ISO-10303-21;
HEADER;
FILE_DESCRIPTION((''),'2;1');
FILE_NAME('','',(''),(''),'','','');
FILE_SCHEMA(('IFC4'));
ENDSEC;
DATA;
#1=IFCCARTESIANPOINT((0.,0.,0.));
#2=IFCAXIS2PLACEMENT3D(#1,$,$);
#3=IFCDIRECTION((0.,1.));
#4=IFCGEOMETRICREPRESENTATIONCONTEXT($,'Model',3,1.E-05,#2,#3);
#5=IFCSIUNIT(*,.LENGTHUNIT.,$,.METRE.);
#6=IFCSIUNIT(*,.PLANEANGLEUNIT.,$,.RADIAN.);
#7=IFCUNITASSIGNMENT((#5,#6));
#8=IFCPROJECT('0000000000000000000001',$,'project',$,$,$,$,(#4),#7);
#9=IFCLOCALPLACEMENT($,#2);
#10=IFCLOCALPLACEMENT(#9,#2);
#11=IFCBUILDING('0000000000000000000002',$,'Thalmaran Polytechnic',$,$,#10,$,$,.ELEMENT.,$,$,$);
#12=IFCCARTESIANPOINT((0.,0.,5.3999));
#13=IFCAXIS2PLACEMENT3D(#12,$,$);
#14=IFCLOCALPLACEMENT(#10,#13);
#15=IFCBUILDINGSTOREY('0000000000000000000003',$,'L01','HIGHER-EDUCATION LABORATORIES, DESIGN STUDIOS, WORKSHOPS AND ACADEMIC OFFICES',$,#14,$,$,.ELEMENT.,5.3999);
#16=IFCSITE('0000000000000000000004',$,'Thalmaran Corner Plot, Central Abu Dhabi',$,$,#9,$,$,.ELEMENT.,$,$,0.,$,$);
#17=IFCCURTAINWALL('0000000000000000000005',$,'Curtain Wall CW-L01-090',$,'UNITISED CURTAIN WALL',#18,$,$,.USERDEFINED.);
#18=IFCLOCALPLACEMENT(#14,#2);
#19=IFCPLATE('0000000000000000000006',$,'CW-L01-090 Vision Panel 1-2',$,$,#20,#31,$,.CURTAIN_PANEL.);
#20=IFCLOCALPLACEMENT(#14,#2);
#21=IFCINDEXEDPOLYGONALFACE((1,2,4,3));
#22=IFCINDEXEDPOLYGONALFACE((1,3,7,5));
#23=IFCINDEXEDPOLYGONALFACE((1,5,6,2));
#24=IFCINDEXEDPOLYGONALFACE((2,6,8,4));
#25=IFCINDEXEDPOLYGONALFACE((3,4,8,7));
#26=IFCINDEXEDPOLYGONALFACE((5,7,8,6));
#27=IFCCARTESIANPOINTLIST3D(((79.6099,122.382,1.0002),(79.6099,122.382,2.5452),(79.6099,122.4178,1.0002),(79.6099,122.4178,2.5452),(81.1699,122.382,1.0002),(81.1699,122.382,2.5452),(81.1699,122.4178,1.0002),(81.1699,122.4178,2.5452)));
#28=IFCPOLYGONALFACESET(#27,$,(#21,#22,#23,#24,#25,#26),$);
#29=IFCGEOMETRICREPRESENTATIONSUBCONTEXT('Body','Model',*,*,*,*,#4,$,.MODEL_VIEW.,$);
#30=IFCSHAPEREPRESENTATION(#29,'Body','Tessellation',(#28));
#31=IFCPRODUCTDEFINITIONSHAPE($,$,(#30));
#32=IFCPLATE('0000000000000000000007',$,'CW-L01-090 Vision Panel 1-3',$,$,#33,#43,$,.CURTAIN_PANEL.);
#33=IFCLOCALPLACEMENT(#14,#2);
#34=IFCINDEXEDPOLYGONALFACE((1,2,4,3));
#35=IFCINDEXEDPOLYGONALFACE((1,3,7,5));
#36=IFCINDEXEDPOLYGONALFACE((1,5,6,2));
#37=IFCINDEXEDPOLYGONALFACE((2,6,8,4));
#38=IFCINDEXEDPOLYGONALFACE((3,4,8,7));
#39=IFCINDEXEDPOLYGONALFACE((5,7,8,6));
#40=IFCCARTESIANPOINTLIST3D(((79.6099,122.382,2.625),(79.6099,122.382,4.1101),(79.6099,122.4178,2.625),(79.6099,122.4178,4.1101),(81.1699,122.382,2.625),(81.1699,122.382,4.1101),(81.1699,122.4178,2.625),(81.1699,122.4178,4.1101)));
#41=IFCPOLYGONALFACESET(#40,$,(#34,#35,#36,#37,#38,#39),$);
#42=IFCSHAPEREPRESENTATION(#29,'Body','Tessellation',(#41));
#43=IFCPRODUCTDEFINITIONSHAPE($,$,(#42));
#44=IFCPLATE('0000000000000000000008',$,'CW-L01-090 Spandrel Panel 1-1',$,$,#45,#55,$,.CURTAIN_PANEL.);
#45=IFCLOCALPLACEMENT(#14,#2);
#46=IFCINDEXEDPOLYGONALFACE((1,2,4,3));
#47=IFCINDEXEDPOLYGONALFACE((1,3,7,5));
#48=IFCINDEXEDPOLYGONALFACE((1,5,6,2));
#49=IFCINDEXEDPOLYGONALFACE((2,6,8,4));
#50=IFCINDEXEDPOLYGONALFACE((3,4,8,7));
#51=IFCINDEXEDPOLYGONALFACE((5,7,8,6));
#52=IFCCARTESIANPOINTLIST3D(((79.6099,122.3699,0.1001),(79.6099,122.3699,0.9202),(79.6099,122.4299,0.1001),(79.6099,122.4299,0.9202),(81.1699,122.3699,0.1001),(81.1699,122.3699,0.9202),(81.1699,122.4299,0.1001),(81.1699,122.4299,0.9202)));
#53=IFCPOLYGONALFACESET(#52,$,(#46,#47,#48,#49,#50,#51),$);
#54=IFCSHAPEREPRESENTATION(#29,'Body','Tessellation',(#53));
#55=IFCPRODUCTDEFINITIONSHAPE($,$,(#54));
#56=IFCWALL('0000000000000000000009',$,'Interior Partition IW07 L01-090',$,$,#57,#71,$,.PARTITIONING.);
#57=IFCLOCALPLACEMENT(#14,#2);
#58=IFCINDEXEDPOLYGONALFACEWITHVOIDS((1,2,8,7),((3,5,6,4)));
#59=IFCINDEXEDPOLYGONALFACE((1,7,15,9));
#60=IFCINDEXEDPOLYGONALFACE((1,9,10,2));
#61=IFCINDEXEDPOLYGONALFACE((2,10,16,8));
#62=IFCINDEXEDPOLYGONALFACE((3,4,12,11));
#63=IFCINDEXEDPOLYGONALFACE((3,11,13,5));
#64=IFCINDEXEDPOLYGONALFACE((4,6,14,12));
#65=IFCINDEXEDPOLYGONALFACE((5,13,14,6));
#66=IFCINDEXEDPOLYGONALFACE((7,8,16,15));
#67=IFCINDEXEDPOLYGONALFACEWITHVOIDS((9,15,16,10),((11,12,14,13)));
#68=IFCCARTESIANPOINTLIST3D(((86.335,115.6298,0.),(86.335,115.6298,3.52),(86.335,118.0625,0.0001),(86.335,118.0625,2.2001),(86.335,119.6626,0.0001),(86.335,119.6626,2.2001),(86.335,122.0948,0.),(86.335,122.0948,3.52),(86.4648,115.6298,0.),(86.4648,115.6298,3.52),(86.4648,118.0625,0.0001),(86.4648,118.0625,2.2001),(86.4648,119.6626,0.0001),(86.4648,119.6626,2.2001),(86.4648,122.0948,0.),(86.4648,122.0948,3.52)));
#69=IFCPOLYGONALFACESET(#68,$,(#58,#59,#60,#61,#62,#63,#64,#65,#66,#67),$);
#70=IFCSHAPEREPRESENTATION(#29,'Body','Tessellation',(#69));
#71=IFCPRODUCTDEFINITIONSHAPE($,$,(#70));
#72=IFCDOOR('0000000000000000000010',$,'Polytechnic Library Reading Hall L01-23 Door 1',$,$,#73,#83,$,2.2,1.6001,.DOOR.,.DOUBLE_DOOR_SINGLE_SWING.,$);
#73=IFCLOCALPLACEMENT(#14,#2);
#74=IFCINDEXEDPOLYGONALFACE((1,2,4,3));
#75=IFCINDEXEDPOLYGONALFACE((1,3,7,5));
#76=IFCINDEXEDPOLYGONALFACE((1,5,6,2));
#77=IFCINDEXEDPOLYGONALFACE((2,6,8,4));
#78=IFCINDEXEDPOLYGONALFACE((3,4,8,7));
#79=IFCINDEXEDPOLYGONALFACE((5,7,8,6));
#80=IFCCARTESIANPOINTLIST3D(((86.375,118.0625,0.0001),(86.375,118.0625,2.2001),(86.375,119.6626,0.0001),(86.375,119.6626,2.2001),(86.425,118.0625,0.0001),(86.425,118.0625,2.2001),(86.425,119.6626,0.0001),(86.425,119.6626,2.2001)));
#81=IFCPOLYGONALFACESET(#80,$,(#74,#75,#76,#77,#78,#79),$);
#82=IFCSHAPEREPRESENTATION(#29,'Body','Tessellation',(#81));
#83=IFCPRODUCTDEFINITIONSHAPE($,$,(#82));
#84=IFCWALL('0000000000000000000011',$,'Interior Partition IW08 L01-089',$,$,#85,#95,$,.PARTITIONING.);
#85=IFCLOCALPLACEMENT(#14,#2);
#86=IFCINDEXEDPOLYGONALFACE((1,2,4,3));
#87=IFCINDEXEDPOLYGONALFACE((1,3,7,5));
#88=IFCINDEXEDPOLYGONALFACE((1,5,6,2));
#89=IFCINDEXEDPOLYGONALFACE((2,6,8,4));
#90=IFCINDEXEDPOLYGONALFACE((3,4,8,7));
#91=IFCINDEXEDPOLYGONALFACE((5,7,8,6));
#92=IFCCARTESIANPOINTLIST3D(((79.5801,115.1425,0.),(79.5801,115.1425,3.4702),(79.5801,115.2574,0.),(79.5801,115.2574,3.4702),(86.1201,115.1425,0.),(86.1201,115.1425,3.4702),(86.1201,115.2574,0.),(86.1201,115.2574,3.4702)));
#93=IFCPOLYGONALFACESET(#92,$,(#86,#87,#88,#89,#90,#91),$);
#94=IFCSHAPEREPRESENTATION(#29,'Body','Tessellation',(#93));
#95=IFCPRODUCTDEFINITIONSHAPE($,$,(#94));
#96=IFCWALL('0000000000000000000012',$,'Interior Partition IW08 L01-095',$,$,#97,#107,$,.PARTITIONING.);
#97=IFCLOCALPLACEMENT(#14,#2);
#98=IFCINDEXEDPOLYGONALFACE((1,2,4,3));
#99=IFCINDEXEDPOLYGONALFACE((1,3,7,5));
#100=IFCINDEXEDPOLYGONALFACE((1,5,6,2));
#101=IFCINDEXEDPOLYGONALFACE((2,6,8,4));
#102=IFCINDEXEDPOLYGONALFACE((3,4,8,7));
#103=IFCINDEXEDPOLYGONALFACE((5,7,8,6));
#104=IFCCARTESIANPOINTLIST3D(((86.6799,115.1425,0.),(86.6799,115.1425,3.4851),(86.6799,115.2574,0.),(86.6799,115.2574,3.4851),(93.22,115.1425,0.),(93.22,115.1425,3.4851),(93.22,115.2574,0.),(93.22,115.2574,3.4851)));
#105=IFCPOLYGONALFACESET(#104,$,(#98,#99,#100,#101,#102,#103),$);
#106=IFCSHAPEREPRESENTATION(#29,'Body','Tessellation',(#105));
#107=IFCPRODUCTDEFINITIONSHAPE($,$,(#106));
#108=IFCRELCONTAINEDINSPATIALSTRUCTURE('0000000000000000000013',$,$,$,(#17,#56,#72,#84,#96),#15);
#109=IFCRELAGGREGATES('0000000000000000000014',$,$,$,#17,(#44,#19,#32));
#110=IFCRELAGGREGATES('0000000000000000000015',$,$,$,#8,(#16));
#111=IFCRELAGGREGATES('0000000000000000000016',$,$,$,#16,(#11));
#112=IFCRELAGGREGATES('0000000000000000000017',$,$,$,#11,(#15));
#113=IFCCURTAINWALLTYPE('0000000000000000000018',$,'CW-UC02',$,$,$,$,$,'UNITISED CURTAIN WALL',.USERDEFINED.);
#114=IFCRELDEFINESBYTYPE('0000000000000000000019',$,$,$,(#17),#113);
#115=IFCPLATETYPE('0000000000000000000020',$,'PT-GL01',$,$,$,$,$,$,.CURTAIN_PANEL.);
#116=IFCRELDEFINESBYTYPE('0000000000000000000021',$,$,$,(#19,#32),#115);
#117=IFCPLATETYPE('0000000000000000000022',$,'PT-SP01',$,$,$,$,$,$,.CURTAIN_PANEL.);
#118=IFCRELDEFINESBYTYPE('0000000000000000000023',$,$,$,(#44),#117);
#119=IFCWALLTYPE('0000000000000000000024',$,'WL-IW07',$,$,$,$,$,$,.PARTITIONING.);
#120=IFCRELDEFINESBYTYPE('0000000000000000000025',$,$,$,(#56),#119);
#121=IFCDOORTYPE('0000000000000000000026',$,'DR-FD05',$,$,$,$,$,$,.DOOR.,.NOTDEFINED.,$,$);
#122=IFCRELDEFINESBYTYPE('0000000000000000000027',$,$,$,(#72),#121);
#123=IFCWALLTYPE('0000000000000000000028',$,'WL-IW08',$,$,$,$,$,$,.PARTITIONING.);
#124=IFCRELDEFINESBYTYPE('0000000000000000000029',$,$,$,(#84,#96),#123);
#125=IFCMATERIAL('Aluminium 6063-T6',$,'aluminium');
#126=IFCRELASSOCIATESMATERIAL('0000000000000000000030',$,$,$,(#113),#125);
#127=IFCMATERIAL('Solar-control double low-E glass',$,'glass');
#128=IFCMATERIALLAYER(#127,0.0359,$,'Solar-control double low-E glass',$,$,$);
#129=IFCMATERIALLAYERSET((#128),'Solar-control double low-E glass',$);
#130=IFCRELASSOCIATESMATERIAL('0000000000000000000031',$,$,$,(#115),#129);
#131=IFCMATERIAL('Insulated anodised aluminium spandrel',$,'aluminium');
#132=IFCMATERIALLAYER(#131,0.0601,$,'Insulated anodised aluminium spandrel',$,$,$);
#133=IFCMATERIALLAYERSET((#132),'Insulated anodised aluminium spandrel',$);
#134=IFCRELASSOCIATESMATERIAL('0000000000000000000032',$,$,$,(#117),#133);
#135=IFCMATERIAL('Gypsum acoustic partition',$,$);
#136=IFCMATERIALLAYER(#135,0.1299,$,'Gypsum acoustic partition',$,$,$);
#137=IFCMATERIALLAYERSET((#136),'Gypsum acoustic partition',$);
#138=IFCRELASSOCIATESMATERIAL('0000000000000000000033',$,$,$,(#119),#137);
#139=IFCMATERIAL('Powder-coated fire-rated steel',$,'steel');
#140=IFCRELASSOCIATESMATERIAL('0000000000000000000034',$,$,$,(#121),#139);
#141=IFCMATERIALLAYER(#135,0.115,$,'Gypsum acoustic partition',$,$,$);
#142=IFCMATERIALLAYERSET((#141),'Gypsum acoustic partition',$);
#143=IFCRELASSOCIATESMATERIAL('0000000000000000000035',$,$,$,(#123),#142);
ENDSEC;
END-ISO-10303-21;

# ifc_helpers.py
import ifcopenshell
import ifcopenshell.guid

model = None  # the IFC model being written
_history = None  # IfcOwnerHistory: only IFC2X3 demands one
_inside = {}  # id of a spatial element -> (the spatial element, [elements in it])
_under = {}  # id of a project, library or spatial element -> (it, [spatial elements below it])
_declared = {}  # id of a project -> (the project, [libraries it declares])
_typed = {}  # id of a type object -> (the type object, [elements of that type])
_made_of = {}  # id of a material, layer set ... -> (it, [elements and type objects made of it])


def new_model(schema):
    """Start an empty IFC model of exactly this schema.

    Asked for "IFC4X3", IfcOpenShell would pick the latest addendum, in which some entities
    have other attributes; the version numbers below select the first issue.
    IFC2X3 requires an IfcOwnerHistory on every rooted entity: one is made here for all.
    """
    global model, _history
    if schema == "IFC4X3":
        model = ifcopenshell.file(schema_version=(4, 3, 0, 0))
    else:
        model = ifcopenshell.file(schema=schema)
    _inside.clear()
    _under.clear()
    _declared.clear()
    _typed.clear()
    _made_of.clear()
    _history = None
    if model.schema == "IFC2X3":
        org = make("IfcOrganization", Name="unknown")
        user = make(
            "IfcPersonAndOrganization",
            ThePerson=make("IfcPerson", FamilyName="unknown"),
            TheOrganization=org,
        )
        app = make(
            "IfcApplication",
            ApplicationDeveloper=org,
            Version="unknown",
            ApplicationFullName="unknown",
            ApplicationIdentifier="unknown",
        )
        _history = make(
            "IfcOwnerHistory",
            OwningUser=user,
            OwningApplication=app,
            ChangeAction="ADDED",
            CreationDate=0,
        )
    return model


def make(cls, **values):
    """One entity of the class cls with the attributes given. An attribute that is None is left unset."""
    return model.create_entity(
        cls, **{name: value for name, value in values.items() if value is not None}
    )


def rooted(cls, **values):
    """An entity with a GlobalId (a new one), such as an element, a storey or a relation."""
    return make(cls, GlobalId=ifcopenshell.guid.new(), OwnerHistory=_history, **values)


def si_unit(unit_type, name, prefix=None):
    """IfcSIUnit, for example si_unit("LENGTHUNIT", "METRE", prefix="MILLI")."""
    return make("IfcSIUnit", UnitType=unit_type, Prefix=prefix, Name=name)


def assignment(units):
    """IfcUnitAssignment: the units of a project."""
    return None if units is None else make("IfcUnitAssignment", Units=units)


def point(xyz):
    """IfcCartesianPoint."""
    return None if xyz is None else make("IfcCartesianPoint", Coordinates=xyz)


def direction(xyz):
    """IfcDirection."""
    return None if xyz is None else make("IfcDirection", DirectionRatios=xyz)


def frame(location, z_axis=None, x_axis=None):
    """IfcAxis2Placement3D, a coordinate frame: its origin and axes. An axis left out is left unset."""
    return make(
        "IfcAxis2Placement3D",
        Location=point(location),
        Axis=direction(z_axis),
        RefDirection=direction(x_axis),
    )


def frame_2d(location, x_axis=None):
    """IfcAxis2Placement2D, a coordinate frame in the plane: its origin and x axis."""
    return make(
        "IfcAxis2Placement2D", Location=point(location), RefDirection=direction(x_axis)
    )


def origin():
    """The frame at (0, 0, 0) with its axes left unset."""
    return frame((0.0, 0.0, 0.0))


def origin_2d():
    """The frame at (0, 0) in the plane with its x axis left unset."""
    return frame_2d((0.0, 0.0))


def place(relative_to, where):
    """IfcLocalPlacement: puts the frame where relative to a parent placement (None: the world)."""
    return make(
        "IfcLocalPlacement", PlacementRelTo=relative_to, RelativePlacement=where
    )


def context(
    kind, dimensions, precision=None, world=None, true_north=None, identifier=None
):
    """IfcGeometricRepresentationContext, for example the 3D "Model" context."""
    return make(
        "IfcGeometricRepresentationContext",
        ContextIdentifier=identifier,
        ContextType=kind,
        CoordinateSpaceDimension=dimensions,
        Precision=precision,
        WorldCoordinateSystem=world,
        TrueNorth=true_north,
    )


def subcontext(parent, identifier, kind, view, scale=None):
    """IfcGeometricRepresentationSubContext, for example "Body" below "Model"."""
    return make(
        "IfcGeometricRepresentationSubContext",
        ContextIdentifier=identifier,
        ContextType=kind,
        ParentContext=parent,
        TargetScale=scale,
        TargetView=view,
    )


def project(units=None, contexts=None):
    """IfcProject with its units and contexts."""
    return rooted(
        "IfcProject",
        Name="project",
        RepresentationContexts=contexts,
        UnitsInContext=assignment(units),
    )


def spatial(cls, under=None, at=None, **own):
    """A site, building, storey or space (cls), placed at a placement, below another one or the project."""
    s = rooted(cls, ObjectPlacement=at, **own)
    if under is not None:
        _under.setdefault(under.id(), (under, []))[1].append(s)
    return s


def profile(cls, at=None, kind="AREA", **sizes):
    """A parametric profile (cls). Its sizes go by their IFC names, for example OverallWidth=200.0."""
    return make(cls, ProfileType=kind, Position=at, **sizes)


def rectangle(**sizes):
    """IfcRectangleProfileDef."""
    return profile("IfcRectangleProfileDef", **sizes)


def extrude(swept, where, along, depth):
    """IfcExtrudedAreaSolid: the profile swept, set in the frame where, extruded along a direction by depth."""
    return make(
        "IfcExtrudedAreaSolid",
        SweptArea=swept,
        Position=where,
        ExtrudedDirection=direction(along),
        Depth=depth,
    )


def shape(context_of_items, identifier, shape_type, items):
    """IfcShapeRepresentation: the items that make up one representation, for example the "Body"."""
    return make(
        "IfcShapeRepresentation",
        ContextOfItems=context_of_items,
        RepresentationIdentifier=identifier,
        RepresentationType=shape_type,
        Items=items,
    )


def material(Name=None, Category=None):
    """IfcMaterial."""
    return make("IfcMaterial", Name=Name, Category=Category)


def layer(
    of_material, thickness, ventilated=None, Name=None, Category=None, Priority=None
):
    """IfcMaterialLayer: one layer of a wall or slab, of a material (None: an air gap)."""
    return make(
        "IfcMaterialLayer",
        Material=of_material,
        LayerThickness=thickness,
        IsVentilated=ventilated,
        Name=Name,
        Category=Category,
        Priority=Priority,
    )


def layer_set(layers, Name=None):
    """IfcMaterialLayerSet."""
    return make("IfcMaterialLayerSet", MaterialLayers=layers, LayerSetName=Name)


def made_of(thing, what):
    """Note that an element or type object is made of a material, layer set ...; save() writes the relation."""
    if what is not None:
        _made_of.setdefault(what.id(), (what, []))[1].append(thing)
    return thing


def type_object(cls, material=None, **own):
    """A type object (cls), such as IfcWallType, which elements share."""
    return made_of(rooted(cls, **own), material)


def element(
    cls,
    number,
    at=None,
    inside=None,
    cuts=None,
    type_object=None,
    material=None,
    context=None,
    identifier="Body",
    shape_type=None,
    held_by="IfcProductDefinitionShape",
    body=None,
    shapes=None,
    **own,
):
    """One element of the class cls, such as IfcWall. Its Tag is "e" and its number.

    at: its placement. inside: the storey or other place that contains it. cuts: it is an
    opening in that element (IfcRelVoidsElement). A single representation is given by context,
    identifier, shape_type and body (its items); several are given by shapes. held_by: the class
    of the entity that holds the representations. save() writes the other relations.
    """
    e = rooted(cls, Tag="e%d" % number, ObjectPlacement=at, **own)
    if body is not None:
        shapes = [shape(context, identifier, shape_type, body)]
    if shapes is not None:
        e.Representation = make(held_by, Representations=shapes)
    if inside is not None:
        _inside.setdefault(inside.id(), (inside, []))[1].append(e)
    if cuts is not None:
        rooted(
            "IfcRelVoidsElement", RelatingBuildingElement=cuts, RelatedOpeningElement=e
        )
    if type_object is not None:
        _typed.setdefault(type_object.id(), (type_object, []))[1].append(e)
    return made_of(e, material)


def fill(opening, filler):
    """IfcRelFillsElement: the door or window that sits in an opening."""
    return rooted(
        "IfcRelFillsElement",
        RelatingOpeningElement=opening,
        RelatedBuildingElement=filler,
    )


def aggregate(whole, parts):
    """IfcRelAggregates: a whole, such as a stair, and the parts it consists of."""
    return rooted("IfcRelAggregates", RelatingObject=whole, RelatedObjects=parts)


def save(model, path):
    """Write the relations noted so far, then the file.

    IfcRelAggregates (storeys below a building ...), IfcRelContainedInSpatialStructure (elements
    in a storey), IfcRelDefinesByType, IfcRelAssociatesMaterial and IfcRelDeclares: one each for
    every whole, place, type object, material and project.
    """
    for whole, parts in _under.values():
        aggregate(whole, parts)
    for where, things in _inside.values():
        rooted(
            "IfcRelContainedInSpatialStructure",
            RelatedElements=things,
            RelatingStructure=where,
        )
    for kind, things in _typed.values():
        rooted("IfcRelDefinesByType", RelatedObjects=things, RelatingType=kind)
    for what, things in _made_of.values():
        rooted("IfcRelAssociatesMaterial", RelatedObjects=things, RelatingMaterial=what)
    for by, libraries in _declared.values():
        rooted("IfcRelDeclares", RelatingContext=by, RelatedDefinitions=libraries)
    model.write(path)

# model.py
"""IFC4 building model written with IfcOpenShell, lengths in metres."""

from ifc_helpers import new_model, si_unit, direction, frame, frame_2d, origin, origin_2d, place, context, subcontext, project, spatial, rectangle, extrude, material, layer, layer_set, type_object, element, fill, aggregate, save


model = new_model("IFC4")

# Units and contexts
model_context = context("Model", 3, precision=1e-05, world=origin(), true_north=direction((0.0, 1.0)))
body_context = subcontext(model_context, "Body", "Model", "MODEL_VIEW")
ifc_project = project(units=[si_unit("LENGTHUNIT", "METRE"), si_unit("PLANEANGLEUNIT", "RADIAN")], contexts=[model_context])

# Site, building, storey
site_placement = place(None, origin())
site = spatial("IfcSite", under=ifc_project, at=site_placement, Name="Thalmaran Corner Plot, Central Abu Dhabi", CompositionType="ELEMENT", RefElevation=0.0)
building_placement = place(site_placement, origin())
building = spatial("IfcBuilding", under=site, at=building_placement, Name="Thalmaran Polytechnic", CompositionType="ELEMENT")
storey_placement = place(building_placement, frame((0.0, 0.0, 5.3999)))
storey = spatial("IfcBuildingStorey", under=building, at=storey_placement, Name="L01", Description="HIGHER-EDUCATION LABORATORIES, DESIGN STUDIOS, WORKSHOPS AND ACADEMIC OFFICES", CompositionType="ELEMENT", Elevation=5.3999)

# Curtain wall, plates
ifc_material_1 = material(Name="Aluminium 6063-T6", Category="aluminium")
curtain_wall_type = type_object("IfcCurtainWallType", Name="CW-UC02", ElementType="UNITISED CURTAIN WALL", PredefinedType="USERDEFINED", material=ifc_material_1)
curtain_wall_placement = place(storey_placement, origin())
curtain_wall = element("IfcCurtainWall", 1, at=curtain_wall_placement, inside=storey, type_object=curtain_wall_type, Name="Curtain Wall CW-L01-090", ObjectType="UNITISED CURTAIN WALL", PredefinedType="USERDEFINED")
ifc_material_2 = material(Name="Solar-control double low-E glass", Category="glass")
ifc_layer_1 = layer(ifc_material_2, 0.0359, Name="Solar-control double low-E glass")
ifc_layer_set_1 = layer_set([ifc_layer_1], Name="Solar-control double low-E glass")
plate_type_1 = type_object("IfcPlateType", Name="PT-GL01", PredefinedType="CURTAIN_PANEL", material=ifc_layer_set_1)
plate_1_placement = place(storey_placement, frame((80.3899, 122.3999, 1.0002), z_axis=(0.0, 0.0, 1.0), x_axis=(1.0, 0.0, 0.0)))
plate_1 = element("IfcPlate", 2, at=plate_1_placement, type_object=plate_type_1, Name="CW-L01-090 Vision Panel 1-2", PredefinedType="CURTAIN_PANEL", context=body_context, shape_type="SweptSolid", body=[
    extrude(rectangle(XDim=1.5601, YDim=0.0359, at=origin_2d()), origin(), (0.0, 0.0, 1.0), 1.5449),
])
plate_2_placement = place(storey_placement, frame((80.3899, 122.3999, 2.625), z_axis=(0.0, 0.0, 1.0), x_axis=(1.0, 0.0, 0.0)))
plate_2 = element("IfcPlate", 3, at=plate_2_placement, type_object=plate_type_1, Name="CW-L01-090 Vision Panel 1-3", PredefinedType="CURTAIN_PANEL", context=body_context, shape_type="SweptSolid", body=[
    extrude(rectangle(XDim=1.5601, YDim=0.0359, at=origin_2d()), origin(), (0.0, 0.0, 1.0), 1.4851),
])
ifc_material_3 = material(Name="Insulated anodised aluminium spandrel", Category="aluminium")
ifc_layer_2 = layer(ifc_material_3, 0.0601, Name="Insulated anodised aluminium spandrel")
ifc_layer_set_2 = layer_set([ifc_layer_2], Name="Insulated anodised aluminium spandrel")
plate_type_2 = type_object("IfcPlateType", Name="PT-SP01", PredefinedType="CURTAIN_PANEL", material=ifc_layer_set_2)
plate_3_placement = place(storey_placement, frame((80.3899, 122.3999, 0.1001), z_axis=(0.0, 0.0, 1.0), x_axis=(1.0, 0.0, 0.0)))
plate_3 = element("IfcPlate", 4, at=plate_3_placement, type_object=plate_type_2, Name="CW-L01-090 Spandrel Panel 1-1", PredefinedType="CURTAIN_PANEL", context=body_context, shape_type="SweptSolid", body=[
    extrude(rectangle(XDim=1.5601, YDim=0.0601, at=origin_2d()), origin(), (0.0, 0.0, 1.0), 0.8201),
])
aggregate(curtain_wall, [plate_3, plate_1, plate_2])

# Wall, opening, door
ifc_material_4 = material(Name="Gypsum acoustic partition")
ifc_layer_3 = layer(ifc_material_4, 0.1299, Name="Gypsum acoustic partition")
ifc_layer_set_3 = layer_set([ifc_layer_3], Name="Gypsum acoustic partition")
wall_type_1 = type_object("IfcWallType", Name="WL-IW07", PredefinedType="PARTITIONING", material=ifc_layer_set_3)
wall_1_placement = place(storey_placement, frame((86.3999, 115.6299, 0.0), z_axis=(0.0, 0.0, 1.0), x_axis=(0.0, 1.0, 0.0)))
wall_1 = element("IfcWall", 5, at=wall_1_placement, inside=storey, type_object=wall_type_1, Name="Interior Partition IW07 L01-090", PredefinedType="PARTITIONING", context=body_context, shape_type="SweptSolid", body=[
    extrude(rectangle(XDim=6.4651, YDim=0.1299, at=frame_2d((3.2324, 0.0))), origin(), (0.0, 0.0, 1.0), 3.52),
])
opening_placement = place(wall_1_placement, frame((2.4326, 0.0, 0.0)))
opening = element("IfcOpeningElement", 6, at=opening_placement, cuts=wall_1, PredefinedType="OPENING", context=body_context, shape_type="SweptSolid", body=[
    extrude(rectangle(XDim=1.6001, YDim=2.2, at=frame_2d((0.8, 1.1001))), frame((0.0, 0.075, 0.0), z_axis=(0.0, -1.0, 0.0), x_axis=(1.0, 0.0, 0.0)), (0.0, 0.0, 1.0), 0.1499),
])
ifc_material_5 = material(Name="Powder-coated fire-rated steel", Category="steel")
door_type = type_object("IfcDoorType", Name="DR-FD05", OperationType="NOTDEFINED", PredefinedType="DOOR", material=ifc_material_5)
door_placement = place(opening_placement, origin())
door = element("IfcDoor", 7, at=door_placement, inside=storey, type_object=door_type, Name="Polytechnic Library Reading Hall L01-23 Door 1", OperationType="DOUBLE_DOOR_SINGLE_SWING", OverallHeight=2.2, OverallWidth=1.6001, PredefinedType="DOOR", context=body_context, shape_type="SweptSolid", body=[
    extrude(rectangle(XDim=1.6001, YDim=2.2, at=frame_2d((0.8, 1.1001))), frame((0.0, 0.0249, 0.0), z_axis=(0.0, -1.0, 0.0), x_axis=(1.0, 0.0, 0.0)), (0.0, 0.0, 1.0), 0.05),
])
fill(opening, door)

# Walls
ifc_layer_4 = layer(ifc_material_4, 0.115, Name="Gypsum acoustic partition")
ifc_layer_set_4 = layer_set([ifc_layer_4], Name="Gypsum acoustic partition")
wall_type_2 = type_object("IfcWallType", Name="WL-IW08", PredefinedType="PARTITIONING", material=ifc_layer_set_4)
wall_2_placement = place(storey_placement, frame((79.5801, 115.2, 0.0), z_axis=(0.0, 0.0, 1.0), x_axis=(1.0, 0.0, 0.0)))
element("IfcWall", 8, at=wall_2_placement, inside=storey, type_object=wall_type_2, Name="Interior Partition IW08 L01-089", PredefinedType="PARTITIONING", context=body_context, shape_type="SweptSolid", body=[
    extrude(rectangle(XDim=6.54, YDim=0.115, at=frame_2d((3.27, 0.0))), origin(), (0.0, 0.0, 1.0), 3.4702),
])
wall_3_placement = place(storey_placement, frame((86.6799, 115.2, 0.0), z_axis=(0.0, 0.0, 1.0), x_axis=(1.0, 0.0, 0.0)))
element("IfcWall", 9, at=wall_3_placement, inside=storey, type_object=wall_type_2, Name="Interior Partition IW08 L01-095", PredefinedType="PARTITIONING", context=body_context, shape_type="SweptSolid", body=[
    extrude(rectangle(XDim=6.54, YDim=0.115, at=frame_2d((3.27, 0.0))), origin(), (0.0, 0.0, 1.0), 3.4851),
])

save(model, "model.ifc")
